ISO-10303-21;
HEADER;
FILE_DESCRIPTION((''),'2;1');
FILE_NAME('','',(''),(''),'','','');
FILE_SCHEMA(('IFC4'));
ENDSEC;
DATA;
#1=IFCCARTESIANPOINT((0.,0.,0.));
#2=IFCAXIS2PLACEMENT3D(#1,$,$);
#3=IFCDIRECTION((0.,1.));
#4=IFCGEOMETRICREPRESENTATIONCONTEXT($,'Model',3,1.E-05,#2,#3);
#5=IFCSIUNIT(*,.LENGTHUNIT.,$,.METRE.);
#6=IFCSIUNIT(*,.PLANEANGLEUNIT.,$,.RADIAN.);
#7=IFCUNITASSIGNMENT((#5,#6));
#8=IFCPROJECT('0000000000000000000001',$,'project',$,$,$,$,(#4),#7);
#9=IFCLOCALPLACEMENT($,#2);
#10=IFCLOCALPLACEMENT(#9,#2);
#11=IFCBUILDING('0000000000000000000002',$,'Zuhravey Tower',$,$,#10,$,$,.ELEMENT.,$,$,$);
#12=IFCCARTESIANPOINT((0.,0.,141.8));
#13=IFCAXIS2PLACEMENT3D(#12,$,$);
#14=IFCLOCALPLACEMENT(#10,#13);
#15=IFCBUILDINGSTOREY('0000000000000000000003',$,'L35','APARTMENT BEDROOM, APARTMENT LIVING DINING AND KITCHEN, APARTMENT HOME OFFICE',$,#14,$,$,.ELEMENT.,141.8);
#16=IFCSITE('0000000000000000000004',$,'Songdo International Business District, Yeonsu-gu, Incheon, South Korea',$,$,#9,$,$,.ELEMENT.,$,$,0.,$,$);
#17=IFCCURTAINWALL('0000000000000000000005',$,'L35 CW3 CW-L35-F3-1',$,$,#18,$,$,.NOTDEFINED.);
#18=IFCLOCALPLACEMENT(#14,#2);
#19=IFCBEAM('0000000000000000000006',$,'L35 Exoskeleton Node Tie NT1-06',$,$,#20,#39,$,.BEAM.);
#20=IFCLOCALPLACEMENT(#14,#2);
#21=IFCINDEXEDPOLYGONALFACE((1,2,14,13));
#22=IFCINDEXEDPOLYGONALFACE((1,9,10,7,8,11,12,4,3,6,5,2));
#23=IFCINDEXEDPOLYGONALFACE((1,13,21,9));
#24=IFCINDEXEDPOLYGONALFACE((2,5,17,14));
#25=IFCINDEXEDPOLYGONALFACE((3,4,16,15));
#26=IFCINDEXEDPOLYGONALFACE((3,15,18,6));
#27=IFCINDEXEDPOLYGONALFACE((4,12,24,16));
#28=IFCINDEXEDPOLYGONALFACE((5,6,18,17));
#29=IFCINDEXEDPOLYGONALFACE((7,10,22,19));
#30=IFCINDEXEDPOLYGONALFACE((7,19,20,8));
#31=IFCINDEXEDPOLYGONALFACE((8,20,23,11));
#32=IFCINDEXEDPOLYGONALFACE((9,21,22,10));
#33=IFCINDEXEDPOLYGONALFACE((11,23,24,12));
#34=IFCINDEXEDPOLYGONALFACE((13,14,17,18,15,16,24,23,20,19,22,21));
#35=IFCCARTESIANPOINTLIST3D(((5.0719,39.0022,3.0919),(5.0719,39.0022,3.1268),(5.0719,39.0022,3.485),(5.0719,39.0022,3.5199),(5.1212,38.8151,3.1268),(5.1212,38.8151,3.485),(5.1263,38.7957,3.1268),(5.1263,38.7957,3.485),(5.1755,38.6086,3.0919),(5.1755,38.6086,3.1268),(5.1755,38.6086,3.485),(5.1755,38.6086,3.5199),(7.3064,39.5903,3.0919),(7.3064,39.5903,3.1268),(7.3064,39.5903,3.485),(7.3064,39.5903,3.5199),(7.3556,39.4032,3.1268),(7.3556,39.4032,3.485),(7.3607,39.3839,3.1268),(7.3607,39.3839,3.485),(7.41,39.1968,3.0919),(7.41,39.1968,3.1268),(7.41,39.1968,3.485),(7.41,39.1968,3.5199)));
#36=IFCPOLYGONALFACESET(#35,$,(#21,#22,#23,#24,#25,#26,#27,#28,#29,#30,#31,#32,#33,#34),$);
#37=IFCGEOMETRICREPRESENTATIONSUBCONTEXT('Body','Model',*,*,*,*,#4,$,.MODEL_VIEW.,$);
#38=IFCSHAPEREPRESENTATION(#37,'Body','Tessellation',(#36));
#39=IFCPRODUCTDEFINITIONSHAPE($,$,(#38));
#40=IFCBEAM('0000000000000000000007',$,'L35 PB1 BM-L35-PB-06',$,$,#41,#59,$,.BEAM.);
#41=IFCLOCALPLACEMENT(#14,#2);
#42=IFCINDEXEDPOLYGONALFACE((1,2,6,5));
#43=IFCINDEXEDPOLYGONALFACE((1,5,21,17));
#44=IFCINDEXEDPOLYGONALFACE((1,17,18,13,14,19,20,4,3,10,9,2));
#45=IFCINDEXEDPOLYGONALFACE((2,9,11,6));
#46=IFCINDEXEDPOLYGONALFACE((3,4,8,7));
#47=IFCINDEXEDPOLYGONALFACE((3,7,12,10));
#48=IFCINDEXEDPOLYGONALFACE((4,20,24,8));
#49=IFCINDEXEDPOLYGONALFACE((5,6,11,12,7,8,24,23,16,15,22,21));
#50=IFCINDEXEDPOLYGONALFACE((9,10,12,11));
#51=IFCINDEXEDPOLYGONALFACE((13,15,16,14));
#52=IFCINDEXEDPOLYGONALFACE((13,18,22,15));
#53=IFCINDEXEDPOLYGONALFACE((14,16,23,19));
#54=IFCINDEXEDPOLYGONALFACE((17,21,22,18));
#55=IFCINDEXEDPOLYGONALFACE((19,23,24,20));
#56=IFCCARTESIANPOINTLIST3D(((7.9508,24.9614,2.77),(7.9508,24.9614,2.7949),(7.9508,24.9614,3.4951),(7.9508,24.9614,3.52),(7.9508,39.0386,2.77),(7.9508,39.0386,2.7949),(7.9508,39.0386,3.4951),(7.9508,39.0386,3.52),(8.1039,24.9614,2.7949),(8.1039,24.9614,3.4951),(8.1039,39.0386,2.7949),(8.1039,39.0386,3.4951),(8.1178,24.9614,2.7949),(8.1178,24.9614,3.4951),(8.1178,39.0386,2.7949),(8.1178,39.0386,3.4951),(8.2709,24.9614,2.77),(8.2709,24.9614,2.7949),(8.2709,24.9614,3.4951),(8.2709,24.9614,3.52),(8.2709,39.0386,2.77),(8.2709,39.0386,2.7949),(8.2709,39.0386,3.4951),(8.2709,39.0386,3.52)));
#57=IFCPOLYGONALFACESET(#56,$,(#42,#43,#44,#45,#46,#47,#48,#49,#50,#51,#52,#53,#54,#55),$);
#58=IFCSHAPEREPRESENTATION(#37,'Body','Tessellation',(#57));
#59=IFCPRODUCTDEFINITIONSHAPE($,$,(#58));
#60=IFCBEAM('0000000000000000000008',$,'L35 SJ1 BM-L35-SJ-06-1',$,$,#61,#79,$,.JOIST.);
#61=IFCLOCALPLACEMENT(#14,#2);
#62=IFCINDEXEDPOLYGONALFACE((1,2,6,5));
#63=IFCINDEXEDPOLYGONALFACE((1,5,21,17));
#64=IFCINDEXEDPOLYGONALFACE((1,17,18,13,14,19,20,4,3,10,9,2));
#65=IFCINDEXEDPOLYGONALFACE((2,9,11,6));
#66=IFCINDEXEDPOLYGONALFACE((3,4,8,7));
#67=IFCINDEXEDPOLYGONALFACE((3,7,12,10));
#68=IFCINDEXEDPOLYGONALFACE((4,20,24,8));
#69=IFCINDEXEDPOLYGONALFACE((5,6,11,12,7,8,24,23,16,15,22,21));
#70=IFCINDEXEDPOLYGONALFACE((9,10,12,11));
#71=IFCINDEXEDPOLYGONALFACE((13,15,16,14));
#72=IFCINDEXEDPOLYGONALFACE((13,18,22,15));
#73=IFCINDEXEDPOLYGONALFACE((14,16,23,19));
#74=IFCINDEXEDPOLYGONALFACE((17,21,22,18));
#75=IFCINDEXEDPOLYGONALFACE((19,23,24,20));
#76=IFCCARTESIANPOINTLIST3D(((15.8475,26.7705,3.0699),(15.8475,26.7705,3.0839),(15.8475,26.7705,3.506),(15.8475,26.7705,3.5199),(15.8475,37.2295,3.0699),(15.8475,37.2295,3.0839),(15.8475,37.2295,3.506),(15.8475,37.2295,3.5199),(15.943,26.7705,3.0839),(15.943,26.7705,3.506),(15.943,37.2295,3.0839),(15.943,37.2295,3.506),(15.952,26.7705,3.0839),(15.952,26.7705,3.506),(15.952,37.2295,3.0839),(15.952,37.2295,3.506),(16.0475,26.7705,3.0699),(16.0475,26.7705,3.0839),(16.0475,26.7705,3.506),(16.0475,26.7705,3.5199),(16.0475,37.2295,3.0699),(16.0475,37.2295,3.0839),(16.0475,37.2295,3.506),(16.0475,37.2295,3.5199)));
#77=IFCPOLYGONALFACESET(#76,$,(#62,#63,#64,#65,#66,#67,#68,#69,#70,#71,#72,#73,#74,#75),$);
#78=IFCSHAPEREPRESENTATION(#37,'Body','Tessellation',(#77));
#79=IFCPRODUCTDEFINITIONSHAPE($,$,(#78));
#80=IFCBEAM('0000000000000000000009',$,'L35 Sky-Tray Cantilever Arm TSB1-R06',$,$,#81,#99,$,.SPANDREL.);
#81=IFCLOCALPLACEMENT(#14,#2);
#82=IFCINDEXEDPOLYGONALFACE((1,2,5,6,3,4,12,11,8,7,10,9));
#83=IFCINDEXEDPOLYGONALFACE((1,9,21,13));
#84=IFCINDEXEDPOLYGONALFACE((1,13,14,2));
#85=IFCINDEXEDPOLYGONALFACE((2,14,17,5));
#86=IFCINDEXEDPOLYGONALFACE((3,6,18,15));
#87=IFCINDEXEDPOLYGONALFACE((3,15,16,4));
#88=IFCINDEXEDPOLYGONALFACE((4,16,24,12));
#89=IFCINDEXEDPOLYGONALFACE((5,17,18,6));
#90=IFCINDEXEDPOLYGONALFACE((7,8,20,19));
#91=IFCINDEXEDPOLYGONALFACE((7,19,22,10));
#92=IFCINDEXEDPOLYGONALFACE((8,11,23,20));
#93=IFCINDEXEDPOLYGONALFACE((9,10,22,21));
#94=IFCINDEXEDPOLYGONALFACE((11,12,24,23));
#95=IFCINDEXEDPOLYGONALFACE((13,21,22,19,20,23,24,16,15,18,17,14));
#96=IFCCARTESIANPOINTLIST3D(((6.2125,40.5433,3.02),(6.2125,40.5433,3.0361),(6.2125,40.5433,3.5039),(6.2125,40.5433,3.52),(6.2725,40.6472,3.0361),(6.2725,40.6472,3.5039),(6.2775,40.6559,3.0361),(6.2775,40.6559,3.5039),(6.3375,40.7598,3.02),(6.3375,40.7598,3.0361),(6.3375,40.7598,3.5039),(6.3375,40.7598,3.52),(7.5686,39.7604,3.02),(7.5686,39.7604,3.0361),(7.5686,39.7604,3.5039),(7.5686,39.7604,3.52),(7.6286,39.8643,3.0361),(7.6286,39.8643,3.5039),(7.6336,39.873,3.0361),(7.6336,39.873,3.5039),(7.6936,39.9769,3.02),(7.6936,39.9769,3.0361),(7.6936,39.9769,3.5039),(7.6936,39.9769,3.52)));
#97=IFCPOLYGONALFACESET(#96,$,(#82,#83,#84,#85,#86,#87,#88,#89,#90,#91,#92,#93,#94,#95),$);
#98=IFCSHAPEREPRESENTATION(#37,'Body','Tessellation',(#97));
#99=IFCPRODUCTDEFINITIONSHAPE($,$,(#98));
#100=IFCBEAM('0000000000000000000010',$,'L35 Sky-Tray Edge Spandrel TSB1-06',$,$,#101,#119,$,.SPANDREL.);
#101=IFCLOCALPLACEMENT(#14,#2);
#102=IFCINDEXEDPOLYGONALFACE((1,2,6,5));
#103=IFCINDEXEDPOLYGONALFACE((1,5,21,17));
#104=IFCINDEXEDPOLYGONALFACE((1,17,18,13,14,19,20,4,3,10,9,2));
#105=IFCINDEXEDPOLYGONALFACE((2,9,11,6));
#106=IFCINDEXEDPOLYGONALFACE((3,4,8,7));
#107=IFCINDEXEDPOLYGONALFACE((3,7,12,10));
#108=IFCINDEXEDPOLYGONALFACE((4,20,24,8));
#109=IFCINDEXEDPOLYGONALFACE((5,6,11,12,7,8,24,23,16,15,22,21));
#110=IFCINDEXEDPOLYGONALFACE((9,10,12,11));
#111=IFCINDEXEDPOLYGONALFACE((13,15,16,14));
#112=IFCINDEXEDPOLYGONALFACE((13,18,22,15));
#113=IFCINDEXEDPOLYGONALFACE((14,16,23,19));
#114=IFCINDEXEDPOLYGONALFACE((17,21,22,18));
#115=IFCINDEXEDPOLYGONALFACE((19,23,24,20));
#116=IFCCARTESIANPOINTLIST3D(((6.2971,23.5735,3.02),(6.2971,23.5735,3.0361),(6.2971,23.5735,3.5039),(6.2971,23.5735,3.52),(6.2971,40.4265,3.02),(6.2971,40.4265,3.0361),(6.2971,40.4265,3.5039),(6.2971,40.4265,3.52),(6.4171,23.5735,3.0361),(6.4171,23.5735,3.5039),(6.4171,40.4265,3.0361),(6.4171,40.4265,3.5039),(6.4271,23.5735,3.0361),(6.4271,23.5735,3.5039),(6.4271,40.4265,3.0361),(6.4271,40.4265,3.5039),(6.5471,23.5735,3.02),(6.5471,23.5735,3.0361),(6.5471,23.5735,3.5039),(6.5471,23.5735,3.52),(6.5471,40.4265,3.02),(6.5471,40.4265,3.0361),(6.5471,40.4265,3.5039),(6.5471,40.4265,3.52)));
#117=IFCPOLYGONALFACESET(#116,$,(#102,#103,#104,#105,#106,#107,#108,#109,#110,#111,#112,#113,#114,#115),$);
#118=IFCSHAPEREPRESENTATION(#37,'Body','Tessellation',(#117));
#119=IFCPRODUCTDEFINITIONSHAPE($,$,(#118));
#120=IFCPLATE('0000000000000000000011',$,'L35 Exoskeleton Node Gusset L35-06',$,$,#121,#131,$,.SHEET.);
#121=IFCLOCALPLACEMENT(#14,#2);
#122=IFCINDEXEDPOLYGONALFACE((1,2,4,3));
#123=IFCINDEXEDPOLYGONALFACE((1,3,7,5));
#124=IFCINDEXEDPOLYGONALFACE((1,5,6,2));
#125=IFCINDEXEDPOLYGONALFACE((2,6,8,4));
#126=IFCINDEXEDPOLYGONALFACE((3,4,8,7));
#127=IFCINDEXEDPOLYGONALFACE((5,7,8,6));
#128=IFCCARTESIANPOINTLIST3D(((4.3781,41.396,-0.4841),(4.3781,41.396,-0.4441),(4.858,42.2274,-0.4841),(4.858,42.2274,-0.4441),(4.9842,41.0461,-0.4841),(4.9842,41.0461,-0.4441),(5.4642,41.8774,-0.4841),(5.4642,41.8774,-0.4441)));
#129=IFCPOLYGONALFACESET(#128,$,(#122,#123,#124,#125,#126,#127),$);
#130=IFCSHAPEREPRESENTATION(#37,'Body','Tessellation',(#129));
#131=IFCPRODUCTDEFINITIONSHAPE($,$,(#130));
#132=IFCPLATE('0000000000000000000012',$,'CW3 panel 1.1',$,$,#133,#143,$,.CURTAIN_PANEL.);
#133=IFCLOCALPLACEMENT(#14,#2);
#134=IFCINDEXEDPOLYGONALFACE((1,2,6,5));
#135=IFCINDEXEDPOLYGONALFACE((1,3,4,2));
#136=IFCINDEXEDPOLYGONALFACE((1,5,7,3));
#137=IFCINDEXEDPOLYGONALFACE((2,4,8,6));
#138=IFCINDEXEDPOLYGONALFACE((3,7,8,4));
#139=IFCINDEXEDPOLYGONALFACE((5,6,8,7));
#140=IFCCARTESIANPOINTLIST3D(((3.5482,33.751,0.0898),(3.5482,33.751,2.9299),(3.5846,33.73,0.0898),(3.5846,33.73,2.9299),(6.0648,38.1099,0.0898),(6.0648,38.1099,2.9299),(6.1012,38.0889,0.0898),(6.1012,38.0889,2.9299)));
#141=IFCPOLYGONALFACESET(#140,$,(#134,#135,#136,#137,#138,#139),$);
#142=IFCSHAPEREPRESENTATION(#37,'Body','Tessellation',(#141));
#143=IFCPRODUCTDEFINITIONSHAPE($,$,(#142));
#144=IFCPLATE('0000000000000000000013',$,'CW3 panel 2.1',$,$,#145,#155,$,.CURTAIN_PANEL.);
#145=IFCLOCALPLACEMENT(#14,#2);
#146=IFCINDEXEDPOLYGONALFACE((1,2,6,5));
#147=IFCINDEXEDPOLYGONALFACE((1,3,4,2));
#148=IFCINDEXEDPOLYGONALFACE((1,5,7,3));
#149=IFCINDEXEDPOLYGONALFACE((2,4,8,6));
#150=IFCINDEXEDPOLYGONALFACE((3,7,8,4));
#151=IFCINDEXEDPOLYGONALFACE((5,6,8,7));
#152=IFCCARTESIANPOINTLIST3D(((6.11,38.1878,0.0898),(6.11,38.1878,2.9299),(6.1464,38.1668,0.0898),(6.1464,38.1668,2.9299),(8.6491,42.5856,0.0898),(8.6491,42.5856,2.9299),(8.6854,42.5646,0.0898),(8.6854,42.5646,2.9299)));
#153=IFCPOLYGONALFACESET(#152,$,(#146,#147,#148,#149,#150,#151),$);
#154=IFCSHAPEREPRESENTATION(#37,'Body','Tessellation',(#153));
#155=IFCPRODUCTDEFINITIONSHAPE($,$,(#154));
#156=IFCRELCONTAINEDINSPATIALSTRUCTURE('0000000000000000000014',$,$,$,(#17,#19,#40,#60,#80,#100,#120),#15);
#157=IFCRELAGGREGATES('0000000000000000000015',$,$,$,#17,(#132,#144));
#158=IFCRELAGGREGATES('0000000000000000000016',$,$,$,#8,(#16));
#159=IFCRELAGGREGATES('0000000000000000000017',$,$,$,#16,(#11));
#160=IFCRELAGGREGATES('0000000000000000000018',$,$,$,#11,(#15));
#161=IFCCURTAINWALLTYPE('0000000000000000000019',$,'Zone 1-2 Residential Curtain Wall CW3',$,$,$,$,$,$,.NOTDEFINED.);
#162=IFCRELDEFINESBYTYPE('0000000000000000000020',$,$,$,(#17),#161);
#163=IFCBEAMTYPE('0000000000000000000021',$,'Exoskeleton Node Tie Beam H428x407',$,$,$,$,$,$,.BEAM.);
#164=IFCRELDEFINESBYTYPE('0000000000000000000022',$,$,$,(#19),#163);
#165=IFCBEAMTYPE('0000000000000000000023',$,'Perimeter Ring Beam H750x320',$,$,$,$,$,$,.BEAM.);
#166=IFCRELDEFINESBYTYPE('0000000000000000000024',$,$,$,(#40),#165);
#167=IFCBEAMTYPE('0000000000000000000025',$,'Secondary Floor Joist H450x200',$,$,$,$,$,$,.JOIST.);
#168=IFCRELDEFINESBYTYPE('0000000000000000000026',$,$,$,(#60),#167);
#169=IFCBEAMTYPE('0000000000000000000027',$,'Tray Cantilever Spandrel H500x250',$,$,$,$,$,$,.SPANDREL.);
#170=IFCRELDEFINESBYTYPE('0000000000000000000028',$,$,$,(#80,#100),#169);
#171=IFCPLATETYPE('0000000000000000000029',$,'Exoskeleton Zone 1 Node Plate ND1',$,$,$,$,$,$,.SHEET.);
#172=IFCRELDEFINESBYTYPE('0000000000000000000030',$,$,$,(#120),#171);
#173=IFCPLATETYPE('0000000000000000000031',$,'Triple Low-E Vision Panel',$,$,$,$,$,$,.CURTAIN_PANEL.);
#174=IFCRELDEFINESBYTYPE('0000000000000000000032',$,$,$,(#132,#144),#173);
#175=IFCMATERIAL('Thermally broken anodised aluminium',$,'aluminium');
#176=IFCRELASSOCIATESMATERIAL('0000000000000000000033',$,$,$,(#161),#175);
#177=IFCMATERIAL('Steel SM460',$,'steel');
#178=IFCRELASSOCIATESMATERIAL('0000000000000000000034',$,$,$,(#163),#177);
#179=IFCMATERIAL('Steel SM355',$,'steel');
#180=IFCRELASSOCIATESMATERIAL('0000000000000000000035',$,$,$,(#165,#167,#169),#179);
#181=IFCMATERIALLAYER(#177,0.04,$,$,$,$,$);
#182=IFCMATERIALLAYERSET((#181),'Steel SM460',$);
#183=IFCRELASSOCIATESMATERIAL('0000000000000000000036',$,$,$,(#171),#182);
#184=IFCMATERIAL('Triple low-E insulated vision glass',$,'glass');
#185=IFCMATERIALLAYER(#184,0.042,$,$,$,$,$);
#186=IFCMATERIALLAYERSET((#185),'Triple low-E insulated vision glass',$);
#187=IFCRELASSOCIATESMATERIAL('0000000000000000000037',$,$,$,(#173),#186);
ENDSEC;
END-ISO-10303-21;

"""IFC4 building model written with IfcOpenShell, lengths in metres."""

from ifc_helpers import new_model, si_unit, direction, frame, origin, origin_2d, place, context, subcontext, project, spatial, rectangle, i_section, extrude, material, layer, layer_set, material_profile, profile_set, type_object, element, aggregate, save


model = new_model("IFC4")

# Units and contexts
model_context = context("Model", 3, precision=1e-05, world=origin(), true_north=direction((0.0, 1.0)))
body_context = subcontext(model_context, "Body", "Model", "MODEL_VIEW")
ifc_project = project(units=[si_unit("LENGTHUNIT", "METRE"), si_unit("PLANEANGLEUNIT", "RADIAN")], contexts=[model_context])

# Site, building, storey
site_placement = place(None, origin())
site = spatial("IfcSite", under=ifc_project, at=site_placement, Name="Songdo International Business District, Yeonsu-gu, Incheon, South Korea", CompositionType="ELEMENT", RefElevation=0.0)
building_placement = place(site_placement, origin())
building = spatial("IfcBuilding", under=site, at=building_placement, Name="Zuhravey Tower", CompositionType="ELEMENT")
storey_placement = place(building_placement, frame((0.0, 0.0, 141.8)))
storey = spatial("IfcBuildingStorey", under=building, at=storey_placement, Name="L35", Description="APARTMENT BEDROOM, APARTMENT LIVING DINING AND KITCHEN, APARTMENT HOME OFFICE", CompositionType="ELEMENT", Elevation=141.8)

# Curtain wall
ifc_material_1 = material(Name="Thermally broken anodised aluminium", Category="aluminium")
curtain_wall_type = type_object("IfcCurtainWallType", Name="Zone 1-2 Residential Curtain Wall CW3", PredefinedType="NOTDEFINED", material=ifc_material_1)
curtain_wall_placement = place(storey_placement, origin())
curtain_wall = element("IfcCurtainWall", 1, at=curtain_wall_placement, inside=storey, type_object=curtain_wall_type, Name="L35 CW3 CW-L35-F3-1", PredefinedType="NOTDEFINED")

# Beams
ifc_material_2 = material(Name="Steel SM460", Category="steel")
ifc_material_profile_1 = material_profile(ifc_material_2, i_section(OverallWidth=0.407, OverallDepth=0.428, WebThickness=0.02, FlangeThickness=0.0349, at=origin_2d()), Name="H-428x407x20x35")
ifc_profile_set_1 = profile_set([ifc_material_profile_1], Name="Steel SM460")
beam_type_1 = type_object("IfcBeamType", Name="Exoskeleton Node Tie Beam H428x407", PredefinedType="BEAM", material=ifc_profile_set_1)
beam_1_placement = place(storey_placement, frame((7.3582, 39.3936, 3.3059), z_axis=(-0.967059, -0.254551, 0.0), x_axis=(0.254551, -0.967059, 0.0)))
element("IfcBeam", 2, at=beam_1_placement, inside=storey, type_object=beam_type_1, Name="L35 Exoskeleton Node Tie NT1-06", PredefinedType="BEAM", context=body_context, shape_type="SweptSolid", body=[
    extrude(i_section(OverallWidth=0.407, OverallDepth=0.428, WebThickness=0.02, FlangeThickness=0.0349, at=origin_2d()), origin(), (0.0, 0.0, 1.0), 2.3105),
])
ifc_material_3 = material(Name="Steel SM355", Category="steel")
ifc_material_profile_2 = material_profile(ifc_material_3, i_section(OverallWidth=0.3201, OverallDepth=0.75, WebThickness=0.0139, FlangeThickness=0.0249, at=origin_2d()), Name="H-750x320x14x25")
ifc_profile_set_2 = profile_set([ifc_material_profile_2], Name="Steel SM355")
beam_type_2 = type_object("IfcBeamType", Name="Perimeter Ring Beam H750x320", PredefinedType="BEAM", material=ifc_profile_set_2)
beam_2_placement = place(storey_placement, frame((8.1108, 39.0386, 3.145), z_axis=(0.0, -1.0, 0.0), x_axis=(1.0, 0.0, 0.0)))
element("IfcBeam", 3, at=beam_2_placement, inside=storey, type_object=beam_type_2, Name="L35 PB1 BM-L35-PB-06", PredefinedType="BEAM", context=body_context, shape_type="SweptSolid", body=[
    extrude(i_section(OverallWidth=0.3201, OverallDepth=0.75, WebThickness=0.0139, FlangeThickness=0.0249, at=origin_2d()), origin(), (0.0, 0.0, 1.0), 14.0771),
])
ifc_material_profile_3 = material_profile(ifc_material_3, i_section(OverallWidth=0.2, OverallDepth=0.45, WebThickness=0.009, FlangeThickness=0.0139, at=origin_2d()), Name="H-450x200x9x14")
ifc_profile_set_3 = profile_set([ifc_material_profile_3], Name="Steel SM355")
beam_type_3 = type_object("IfcBeamType", Name="Secondary Floor Joist H450x200", PredefinedType="JOIST", material=ifc_profile_set_3)
beam_3_placement = place(storey_placement, frame((15.9475, 37.2295, 3.2949), z_axis=(0.0, -1.0, 0.0), x_axis=(1.0, 0.0, 0.0)))
element("IfcBeam", 4, at=beam_3_placement, inside=storey, type_object=beam_type_3, Name="L35 SJ1 BM-L35-SJ-06-1", PredefinedType="JOIST", context=body_context, shape_type="SweptSolid", body=[
    extrude(i_section(OverallWidth=0.2, OverallDepth=0.45, WebThickness=0.009, FlangeThickness=0.0139, at=origin_2d()), origin(), (0.0, 0.0, 1.0), 10.459),
])
ifc_material_profile_4 = material_profile(ifc_material_3, i_section(OverallWidth=0.25, OverallDepth=0.5, WebThickness=0.01, FlangeThickness=0.0161, at=origin_2d()), Name="H-500x250x10x16")
ifc_profile_set_4 = profile_set([ifc_material_profile_4], Name="Steel SM355")
beam_type_4 = type_object("IfcBeamType", Name="Tray Cantilever Spandrel H500x250", PredefinedType="SPANDREL", material=ifc_profile_set_4)
beam_4_placement = place(storey_placement, frame((7.6311, 39.8687, 3.27), z_axis=(-0.866038, 0.499979, 0.0), x_axis=(-0.499979, -0.866038, 0.0)))
element("IfcBeam", 5, at=beam_4_placement, inside=storey, type_object=beam_type_4, Name="L35 Sky-Tray Cantilever Arm TSB1-R06", PredefinedType="SPANDREL", context=body_context, shape_type="SweptSolid", body=[
    extrude(i_section(OverallWidth=0.25, OverallDepth=0.5, WebThickness=0.01, FlangeThickness=0.0161, at=origin_2d()), origin(), (0.0, 0.0, 1.0), 1.5659),
])
beam_5_placement = place(storey_placement, frame((6.4221, 40.4265, 3.27), z_axis=(0.0, -1.0, 0.0), x_axis=(1.0, 0.0, 0.0)))
element("IfcBeam", 6, at=beam_5_placement, inside=storey, type_object=beam_type_4, Name="L35 Sky-Tray Edge Spandrel TSB1-06", PredefinedType="SPANDREL", context=body_context, shape_type="SweptSolid", body=[
    extrude(i_section(OverallWidth=0.25, OverallDepth=0.5, WebThickness=0.01, FlangeThickness=0.0161, at=origin_2d()), origin(), (0.0, 0.0, 1.0), 16.853),
])

# Plates
ifc_layer_1 = layer(ifc_material_2, 0.04)
ifc_layer_set_1 = layer_set([ifc_layer_1], Name="Steel SM460")
plate_type_1 = type_object("IfcPlateType", Name="Exoskeleton Zone 1 Node Plate ND1", PredefinedType="SHEET", material=ifc_layer_set_1)
plate_1_placement = place(storey_placement, frame((4.9211, 41.6367, -0.4841), z_axis=(0.0, 0.0, 1.0), x_axis=(-0.5, -0.866025, 0.0)))
element("IfcPlate", 7, at=plate_1_placement, inside=storey, type_object=plate_type_1, Name="L35 Exoskeleton Node Gusset L35-06", PredefinedType="SHEET", context=body_context, shape_type="SweptSolid", body=[
    extrude(rectangle(XDim=0.96, YDim=0.7, at=origin_2d()), origin(), (0.0, 0.0, 1.0), 0.04),
])
ifc_material_4 = material(Name="Triple low-E insulated vision glass", Category="glass")
ifc_layer_2 = layer(ifc_material_4, 0.042)
ifc_layer_set_2 = layer_set([ifc_layer_2], Name="Triple low-E insulated vision glass")
plate_type_2 = type_object("IfcPlateType", Name="Triple Low-E Vision Panel", PredefinedType="CURTAIN_PANEL", material=ifc_layer_set_2)
plate_2_placement = place(storey_placement, frame((4.8247, 35.9199, 0.0898), z_axis=(0.0, 0.0, 1.0), x_axis=(0.5, 0.866026, 0.0)))
plate_2 = element("IfcPlate", 8, at=plate_2_placement, type_object=plate_type_2, Name="CW3 panel 1.1", PredefinedType="CURTAIN_PANEL", context=body_context, shape_type="SweptSolid", body=[
    extrude(rectangle(XDim=5.0332, YDim=0.042, at=origin_2d()), origin(), (0.0, 0.0, 1.0), 2.8401),
])
plate_3_placement = place(storey_placement, frame((7.3977, 40.3762, 0.0898), z_axis=(0.0, 0.0, 1.0), x_axis=(0.5, 0.866026, 0.0)))
plate_3 = element("IfcPlate", 9, at=plate_3_placement, type_object=plate_type_2, Name="CW3 panel 2.1", PredefinedType="CURTAIN_PANEL", context=body_context, shape_type="SweptSolid", body=[
    extrude(rectangle(XDim=5.0781, YDim=0.042, at=origin_2d()), origin(), (0.0, 0.0, 1.0), 2.8401),
])
aggregate(curtain_wall, [plate_2, plate_3])

save(model, "model.ifc")
